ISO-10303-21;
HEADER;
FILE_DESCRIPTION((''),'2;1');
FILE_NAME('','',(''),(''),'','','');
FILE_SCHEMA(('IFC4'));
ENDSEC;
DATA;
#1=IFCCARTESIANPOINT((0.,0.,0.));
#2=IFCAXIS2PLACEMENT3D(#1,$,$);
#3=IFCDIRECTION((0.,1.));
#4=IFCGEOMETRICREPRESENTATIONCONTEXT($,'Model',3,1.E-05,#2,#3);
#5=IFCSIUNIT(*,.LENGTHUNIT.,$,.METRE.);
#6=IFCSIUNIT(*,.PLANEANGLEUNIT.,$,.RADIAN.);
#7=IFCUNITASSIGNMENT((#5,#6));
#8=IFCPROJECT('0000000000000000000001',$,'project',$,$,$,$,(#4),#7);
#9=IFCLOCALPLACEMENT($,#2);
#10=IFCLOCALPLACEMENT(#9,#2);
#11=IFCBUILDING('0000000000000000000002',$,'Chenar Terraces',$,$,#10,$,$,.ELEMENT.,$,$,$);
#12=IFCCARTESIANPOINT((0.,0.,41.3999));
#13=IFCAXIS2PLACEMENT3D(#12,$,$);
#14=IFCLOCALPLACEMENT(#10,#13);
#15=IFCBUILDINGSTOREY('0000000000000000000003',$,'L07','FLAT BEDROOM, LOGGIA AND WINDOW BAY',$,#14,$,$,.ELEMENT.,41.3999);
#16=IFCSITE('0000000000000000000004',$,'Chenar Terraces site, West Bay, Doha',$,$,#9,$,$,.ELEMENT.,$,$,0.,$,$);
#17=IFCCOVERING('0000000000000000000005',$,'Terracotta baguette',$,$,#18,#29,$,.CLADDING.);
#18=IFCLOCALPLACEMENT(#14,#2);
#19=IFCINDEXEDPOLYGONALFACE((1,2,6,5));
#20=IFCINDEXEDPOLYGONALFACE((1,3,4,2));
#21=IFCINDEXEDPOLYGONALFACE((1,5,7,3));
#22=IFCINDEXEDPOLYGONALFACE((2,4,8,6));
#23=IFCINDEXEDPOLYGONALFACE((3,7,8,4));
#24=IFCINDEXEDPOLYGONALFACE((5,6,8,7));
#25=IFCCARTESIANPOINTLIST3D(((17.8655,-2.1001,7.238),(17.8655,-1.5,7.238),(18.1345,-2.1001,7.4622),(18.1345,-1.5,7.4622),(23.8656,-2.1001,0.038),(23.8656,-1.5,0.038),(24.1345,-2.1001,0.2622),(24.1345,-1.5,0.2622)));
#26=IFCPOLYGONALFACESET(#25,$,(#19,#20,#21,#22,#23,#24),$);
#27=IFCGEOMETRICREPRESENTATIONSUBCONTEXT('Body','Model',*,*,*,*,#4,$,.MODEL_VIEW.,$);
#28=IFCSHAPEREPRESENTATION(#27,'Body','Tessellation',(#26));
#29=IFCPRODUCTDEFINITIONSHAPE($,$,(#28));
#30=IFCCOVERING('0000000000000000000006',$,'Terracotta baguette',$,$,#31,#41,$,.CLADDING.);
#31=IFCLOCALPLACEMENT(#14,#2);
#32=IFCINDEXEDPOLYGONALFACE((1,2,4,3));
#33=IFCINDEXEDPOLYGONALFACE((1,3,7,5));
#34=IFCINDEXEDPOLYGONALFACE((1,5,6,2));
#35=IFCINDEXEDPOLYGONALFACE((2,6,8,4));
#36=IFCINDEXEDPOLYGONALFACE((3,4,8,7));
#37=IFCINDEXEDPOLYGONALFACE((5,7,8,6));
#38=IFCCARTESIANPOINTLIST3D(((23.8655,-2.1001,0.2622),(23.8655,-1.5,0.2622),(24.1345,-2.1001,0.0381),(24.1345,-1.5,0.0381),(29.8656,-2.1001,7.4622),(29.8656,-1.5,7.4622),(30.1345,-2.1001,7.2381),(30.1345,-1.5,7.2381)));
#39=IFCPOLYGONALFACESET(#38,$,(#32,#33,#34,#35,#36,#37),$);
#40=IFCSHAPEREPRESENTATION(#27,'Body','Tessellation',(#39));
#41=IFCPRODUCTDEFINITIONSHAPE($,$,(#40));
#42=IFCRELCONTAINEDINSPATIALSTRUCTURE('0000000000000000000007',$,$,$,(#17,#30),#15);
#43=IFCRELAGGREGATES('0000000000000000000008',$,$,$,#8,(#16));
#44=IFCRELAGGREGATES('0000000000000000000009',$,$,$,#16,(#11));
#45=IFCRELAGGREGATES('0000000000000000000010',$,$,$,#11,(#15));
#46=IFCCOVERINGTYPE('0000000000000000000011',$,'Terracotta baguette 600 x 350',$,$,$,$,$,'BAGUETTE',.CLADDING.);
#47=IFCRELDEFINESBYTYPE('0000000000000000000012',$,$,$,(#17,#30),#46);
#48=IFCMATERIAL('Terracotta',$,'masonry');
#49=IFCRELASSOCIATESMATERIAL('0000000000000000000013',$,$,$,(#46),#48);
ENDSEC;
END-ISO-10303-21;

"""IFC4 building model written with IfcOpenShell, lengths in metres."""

from ifc_helpers import new_model, si_unit, direction, frame, origin, origin_2d, place, context, subcontext, project, spatial, rectangle, extrude, material, material_profile, profile_set, type_object, element, save


model = new_model("IFC4")

# Units and contexts
model_context = context("Model", 3, precision=1e-05, world=origin(), true_north=direction((0.0, 1.0)))
body_context = subcontext(model_context, "Body", "Model", "MODEL_VIEW")
ifc_project = project(units=[si_unit("LENGTHUNIT", "METRE"), si_unit("PLANEANGLEUNIT", "RADIAN")], contexts=[model_context])

# Site, building, storey
site_placement = place(None, origin())
site = spatial("IfcSite", under=ifc_project, at=site_placement, Name="Chenar Terraces site, West Bay, Doha", CompositionType="ELEMENT", RefElevation=0.0)
building_placement = place(site_placement, origin())
building = spatial("IfcBuilding", under=site, at=building_placement, Name="Chenar Terraces", CompositionType="ELEMENT")
storey_placement = place(building_placement, frame((0.0, 0.0, 41.3999)))
storey = spatial("IfcBuildingStorey", under=building, at=storey_placement, Name="L07", Description="FLAT BEDROOM, LOGGIA AND WINDOW BAY", CompositionType="ELEMENT", Elevation=41.3999)

# Coverings
ifc_material_1 = material(Name="Terracotta", Category="masonry")
ifc_material_profile_1 = material_profile(ifc_material_1, rectangle(XDim=0.6001, YDim=0.3501, at=origin_2d()), Name="Terracotta baguette 600 x 350")
ifc_profile_set_1 = profile_set([ifc_material_profile_1], Name="Terracotta")
covering_type = type_object("IfcCoveringType", Name="Terracotta baguette 600 x 350", ElementType="BAGUETTE", PredefinedType="CLADDING", material=ifc_profile_set_1)
for number, where, z_axis, x_axis, name in (
    (1, (18.0, -1.8, 7.3501), (0.640187, 0.0, -0.768219), (0.0, 1.0, 0.0), "Terracotta baguette"),
    (2, (24.0, -1.8, 0.1501), (0.640187, 0.0, 0.768219), (0.0, 1.0, 0.0), "Terracotta baguette"),
):
    element("IfcCovering", number, at=place(storey_placement, frame(where, z_axis=z_axis, x_axis=x_axis)), inside=storey, type_object=covering_type, Name=name, PredefinedType="CLADDING", context=body_context, shape_type="SweptSolid", body=[
        extrude(rectangle(XDim=0.6001, YDim=0.3501, at=origin_2d()), origin(), (0.0, 0.0, 1.0), 9.3723),
    ])

save(model, "model.ifc")
